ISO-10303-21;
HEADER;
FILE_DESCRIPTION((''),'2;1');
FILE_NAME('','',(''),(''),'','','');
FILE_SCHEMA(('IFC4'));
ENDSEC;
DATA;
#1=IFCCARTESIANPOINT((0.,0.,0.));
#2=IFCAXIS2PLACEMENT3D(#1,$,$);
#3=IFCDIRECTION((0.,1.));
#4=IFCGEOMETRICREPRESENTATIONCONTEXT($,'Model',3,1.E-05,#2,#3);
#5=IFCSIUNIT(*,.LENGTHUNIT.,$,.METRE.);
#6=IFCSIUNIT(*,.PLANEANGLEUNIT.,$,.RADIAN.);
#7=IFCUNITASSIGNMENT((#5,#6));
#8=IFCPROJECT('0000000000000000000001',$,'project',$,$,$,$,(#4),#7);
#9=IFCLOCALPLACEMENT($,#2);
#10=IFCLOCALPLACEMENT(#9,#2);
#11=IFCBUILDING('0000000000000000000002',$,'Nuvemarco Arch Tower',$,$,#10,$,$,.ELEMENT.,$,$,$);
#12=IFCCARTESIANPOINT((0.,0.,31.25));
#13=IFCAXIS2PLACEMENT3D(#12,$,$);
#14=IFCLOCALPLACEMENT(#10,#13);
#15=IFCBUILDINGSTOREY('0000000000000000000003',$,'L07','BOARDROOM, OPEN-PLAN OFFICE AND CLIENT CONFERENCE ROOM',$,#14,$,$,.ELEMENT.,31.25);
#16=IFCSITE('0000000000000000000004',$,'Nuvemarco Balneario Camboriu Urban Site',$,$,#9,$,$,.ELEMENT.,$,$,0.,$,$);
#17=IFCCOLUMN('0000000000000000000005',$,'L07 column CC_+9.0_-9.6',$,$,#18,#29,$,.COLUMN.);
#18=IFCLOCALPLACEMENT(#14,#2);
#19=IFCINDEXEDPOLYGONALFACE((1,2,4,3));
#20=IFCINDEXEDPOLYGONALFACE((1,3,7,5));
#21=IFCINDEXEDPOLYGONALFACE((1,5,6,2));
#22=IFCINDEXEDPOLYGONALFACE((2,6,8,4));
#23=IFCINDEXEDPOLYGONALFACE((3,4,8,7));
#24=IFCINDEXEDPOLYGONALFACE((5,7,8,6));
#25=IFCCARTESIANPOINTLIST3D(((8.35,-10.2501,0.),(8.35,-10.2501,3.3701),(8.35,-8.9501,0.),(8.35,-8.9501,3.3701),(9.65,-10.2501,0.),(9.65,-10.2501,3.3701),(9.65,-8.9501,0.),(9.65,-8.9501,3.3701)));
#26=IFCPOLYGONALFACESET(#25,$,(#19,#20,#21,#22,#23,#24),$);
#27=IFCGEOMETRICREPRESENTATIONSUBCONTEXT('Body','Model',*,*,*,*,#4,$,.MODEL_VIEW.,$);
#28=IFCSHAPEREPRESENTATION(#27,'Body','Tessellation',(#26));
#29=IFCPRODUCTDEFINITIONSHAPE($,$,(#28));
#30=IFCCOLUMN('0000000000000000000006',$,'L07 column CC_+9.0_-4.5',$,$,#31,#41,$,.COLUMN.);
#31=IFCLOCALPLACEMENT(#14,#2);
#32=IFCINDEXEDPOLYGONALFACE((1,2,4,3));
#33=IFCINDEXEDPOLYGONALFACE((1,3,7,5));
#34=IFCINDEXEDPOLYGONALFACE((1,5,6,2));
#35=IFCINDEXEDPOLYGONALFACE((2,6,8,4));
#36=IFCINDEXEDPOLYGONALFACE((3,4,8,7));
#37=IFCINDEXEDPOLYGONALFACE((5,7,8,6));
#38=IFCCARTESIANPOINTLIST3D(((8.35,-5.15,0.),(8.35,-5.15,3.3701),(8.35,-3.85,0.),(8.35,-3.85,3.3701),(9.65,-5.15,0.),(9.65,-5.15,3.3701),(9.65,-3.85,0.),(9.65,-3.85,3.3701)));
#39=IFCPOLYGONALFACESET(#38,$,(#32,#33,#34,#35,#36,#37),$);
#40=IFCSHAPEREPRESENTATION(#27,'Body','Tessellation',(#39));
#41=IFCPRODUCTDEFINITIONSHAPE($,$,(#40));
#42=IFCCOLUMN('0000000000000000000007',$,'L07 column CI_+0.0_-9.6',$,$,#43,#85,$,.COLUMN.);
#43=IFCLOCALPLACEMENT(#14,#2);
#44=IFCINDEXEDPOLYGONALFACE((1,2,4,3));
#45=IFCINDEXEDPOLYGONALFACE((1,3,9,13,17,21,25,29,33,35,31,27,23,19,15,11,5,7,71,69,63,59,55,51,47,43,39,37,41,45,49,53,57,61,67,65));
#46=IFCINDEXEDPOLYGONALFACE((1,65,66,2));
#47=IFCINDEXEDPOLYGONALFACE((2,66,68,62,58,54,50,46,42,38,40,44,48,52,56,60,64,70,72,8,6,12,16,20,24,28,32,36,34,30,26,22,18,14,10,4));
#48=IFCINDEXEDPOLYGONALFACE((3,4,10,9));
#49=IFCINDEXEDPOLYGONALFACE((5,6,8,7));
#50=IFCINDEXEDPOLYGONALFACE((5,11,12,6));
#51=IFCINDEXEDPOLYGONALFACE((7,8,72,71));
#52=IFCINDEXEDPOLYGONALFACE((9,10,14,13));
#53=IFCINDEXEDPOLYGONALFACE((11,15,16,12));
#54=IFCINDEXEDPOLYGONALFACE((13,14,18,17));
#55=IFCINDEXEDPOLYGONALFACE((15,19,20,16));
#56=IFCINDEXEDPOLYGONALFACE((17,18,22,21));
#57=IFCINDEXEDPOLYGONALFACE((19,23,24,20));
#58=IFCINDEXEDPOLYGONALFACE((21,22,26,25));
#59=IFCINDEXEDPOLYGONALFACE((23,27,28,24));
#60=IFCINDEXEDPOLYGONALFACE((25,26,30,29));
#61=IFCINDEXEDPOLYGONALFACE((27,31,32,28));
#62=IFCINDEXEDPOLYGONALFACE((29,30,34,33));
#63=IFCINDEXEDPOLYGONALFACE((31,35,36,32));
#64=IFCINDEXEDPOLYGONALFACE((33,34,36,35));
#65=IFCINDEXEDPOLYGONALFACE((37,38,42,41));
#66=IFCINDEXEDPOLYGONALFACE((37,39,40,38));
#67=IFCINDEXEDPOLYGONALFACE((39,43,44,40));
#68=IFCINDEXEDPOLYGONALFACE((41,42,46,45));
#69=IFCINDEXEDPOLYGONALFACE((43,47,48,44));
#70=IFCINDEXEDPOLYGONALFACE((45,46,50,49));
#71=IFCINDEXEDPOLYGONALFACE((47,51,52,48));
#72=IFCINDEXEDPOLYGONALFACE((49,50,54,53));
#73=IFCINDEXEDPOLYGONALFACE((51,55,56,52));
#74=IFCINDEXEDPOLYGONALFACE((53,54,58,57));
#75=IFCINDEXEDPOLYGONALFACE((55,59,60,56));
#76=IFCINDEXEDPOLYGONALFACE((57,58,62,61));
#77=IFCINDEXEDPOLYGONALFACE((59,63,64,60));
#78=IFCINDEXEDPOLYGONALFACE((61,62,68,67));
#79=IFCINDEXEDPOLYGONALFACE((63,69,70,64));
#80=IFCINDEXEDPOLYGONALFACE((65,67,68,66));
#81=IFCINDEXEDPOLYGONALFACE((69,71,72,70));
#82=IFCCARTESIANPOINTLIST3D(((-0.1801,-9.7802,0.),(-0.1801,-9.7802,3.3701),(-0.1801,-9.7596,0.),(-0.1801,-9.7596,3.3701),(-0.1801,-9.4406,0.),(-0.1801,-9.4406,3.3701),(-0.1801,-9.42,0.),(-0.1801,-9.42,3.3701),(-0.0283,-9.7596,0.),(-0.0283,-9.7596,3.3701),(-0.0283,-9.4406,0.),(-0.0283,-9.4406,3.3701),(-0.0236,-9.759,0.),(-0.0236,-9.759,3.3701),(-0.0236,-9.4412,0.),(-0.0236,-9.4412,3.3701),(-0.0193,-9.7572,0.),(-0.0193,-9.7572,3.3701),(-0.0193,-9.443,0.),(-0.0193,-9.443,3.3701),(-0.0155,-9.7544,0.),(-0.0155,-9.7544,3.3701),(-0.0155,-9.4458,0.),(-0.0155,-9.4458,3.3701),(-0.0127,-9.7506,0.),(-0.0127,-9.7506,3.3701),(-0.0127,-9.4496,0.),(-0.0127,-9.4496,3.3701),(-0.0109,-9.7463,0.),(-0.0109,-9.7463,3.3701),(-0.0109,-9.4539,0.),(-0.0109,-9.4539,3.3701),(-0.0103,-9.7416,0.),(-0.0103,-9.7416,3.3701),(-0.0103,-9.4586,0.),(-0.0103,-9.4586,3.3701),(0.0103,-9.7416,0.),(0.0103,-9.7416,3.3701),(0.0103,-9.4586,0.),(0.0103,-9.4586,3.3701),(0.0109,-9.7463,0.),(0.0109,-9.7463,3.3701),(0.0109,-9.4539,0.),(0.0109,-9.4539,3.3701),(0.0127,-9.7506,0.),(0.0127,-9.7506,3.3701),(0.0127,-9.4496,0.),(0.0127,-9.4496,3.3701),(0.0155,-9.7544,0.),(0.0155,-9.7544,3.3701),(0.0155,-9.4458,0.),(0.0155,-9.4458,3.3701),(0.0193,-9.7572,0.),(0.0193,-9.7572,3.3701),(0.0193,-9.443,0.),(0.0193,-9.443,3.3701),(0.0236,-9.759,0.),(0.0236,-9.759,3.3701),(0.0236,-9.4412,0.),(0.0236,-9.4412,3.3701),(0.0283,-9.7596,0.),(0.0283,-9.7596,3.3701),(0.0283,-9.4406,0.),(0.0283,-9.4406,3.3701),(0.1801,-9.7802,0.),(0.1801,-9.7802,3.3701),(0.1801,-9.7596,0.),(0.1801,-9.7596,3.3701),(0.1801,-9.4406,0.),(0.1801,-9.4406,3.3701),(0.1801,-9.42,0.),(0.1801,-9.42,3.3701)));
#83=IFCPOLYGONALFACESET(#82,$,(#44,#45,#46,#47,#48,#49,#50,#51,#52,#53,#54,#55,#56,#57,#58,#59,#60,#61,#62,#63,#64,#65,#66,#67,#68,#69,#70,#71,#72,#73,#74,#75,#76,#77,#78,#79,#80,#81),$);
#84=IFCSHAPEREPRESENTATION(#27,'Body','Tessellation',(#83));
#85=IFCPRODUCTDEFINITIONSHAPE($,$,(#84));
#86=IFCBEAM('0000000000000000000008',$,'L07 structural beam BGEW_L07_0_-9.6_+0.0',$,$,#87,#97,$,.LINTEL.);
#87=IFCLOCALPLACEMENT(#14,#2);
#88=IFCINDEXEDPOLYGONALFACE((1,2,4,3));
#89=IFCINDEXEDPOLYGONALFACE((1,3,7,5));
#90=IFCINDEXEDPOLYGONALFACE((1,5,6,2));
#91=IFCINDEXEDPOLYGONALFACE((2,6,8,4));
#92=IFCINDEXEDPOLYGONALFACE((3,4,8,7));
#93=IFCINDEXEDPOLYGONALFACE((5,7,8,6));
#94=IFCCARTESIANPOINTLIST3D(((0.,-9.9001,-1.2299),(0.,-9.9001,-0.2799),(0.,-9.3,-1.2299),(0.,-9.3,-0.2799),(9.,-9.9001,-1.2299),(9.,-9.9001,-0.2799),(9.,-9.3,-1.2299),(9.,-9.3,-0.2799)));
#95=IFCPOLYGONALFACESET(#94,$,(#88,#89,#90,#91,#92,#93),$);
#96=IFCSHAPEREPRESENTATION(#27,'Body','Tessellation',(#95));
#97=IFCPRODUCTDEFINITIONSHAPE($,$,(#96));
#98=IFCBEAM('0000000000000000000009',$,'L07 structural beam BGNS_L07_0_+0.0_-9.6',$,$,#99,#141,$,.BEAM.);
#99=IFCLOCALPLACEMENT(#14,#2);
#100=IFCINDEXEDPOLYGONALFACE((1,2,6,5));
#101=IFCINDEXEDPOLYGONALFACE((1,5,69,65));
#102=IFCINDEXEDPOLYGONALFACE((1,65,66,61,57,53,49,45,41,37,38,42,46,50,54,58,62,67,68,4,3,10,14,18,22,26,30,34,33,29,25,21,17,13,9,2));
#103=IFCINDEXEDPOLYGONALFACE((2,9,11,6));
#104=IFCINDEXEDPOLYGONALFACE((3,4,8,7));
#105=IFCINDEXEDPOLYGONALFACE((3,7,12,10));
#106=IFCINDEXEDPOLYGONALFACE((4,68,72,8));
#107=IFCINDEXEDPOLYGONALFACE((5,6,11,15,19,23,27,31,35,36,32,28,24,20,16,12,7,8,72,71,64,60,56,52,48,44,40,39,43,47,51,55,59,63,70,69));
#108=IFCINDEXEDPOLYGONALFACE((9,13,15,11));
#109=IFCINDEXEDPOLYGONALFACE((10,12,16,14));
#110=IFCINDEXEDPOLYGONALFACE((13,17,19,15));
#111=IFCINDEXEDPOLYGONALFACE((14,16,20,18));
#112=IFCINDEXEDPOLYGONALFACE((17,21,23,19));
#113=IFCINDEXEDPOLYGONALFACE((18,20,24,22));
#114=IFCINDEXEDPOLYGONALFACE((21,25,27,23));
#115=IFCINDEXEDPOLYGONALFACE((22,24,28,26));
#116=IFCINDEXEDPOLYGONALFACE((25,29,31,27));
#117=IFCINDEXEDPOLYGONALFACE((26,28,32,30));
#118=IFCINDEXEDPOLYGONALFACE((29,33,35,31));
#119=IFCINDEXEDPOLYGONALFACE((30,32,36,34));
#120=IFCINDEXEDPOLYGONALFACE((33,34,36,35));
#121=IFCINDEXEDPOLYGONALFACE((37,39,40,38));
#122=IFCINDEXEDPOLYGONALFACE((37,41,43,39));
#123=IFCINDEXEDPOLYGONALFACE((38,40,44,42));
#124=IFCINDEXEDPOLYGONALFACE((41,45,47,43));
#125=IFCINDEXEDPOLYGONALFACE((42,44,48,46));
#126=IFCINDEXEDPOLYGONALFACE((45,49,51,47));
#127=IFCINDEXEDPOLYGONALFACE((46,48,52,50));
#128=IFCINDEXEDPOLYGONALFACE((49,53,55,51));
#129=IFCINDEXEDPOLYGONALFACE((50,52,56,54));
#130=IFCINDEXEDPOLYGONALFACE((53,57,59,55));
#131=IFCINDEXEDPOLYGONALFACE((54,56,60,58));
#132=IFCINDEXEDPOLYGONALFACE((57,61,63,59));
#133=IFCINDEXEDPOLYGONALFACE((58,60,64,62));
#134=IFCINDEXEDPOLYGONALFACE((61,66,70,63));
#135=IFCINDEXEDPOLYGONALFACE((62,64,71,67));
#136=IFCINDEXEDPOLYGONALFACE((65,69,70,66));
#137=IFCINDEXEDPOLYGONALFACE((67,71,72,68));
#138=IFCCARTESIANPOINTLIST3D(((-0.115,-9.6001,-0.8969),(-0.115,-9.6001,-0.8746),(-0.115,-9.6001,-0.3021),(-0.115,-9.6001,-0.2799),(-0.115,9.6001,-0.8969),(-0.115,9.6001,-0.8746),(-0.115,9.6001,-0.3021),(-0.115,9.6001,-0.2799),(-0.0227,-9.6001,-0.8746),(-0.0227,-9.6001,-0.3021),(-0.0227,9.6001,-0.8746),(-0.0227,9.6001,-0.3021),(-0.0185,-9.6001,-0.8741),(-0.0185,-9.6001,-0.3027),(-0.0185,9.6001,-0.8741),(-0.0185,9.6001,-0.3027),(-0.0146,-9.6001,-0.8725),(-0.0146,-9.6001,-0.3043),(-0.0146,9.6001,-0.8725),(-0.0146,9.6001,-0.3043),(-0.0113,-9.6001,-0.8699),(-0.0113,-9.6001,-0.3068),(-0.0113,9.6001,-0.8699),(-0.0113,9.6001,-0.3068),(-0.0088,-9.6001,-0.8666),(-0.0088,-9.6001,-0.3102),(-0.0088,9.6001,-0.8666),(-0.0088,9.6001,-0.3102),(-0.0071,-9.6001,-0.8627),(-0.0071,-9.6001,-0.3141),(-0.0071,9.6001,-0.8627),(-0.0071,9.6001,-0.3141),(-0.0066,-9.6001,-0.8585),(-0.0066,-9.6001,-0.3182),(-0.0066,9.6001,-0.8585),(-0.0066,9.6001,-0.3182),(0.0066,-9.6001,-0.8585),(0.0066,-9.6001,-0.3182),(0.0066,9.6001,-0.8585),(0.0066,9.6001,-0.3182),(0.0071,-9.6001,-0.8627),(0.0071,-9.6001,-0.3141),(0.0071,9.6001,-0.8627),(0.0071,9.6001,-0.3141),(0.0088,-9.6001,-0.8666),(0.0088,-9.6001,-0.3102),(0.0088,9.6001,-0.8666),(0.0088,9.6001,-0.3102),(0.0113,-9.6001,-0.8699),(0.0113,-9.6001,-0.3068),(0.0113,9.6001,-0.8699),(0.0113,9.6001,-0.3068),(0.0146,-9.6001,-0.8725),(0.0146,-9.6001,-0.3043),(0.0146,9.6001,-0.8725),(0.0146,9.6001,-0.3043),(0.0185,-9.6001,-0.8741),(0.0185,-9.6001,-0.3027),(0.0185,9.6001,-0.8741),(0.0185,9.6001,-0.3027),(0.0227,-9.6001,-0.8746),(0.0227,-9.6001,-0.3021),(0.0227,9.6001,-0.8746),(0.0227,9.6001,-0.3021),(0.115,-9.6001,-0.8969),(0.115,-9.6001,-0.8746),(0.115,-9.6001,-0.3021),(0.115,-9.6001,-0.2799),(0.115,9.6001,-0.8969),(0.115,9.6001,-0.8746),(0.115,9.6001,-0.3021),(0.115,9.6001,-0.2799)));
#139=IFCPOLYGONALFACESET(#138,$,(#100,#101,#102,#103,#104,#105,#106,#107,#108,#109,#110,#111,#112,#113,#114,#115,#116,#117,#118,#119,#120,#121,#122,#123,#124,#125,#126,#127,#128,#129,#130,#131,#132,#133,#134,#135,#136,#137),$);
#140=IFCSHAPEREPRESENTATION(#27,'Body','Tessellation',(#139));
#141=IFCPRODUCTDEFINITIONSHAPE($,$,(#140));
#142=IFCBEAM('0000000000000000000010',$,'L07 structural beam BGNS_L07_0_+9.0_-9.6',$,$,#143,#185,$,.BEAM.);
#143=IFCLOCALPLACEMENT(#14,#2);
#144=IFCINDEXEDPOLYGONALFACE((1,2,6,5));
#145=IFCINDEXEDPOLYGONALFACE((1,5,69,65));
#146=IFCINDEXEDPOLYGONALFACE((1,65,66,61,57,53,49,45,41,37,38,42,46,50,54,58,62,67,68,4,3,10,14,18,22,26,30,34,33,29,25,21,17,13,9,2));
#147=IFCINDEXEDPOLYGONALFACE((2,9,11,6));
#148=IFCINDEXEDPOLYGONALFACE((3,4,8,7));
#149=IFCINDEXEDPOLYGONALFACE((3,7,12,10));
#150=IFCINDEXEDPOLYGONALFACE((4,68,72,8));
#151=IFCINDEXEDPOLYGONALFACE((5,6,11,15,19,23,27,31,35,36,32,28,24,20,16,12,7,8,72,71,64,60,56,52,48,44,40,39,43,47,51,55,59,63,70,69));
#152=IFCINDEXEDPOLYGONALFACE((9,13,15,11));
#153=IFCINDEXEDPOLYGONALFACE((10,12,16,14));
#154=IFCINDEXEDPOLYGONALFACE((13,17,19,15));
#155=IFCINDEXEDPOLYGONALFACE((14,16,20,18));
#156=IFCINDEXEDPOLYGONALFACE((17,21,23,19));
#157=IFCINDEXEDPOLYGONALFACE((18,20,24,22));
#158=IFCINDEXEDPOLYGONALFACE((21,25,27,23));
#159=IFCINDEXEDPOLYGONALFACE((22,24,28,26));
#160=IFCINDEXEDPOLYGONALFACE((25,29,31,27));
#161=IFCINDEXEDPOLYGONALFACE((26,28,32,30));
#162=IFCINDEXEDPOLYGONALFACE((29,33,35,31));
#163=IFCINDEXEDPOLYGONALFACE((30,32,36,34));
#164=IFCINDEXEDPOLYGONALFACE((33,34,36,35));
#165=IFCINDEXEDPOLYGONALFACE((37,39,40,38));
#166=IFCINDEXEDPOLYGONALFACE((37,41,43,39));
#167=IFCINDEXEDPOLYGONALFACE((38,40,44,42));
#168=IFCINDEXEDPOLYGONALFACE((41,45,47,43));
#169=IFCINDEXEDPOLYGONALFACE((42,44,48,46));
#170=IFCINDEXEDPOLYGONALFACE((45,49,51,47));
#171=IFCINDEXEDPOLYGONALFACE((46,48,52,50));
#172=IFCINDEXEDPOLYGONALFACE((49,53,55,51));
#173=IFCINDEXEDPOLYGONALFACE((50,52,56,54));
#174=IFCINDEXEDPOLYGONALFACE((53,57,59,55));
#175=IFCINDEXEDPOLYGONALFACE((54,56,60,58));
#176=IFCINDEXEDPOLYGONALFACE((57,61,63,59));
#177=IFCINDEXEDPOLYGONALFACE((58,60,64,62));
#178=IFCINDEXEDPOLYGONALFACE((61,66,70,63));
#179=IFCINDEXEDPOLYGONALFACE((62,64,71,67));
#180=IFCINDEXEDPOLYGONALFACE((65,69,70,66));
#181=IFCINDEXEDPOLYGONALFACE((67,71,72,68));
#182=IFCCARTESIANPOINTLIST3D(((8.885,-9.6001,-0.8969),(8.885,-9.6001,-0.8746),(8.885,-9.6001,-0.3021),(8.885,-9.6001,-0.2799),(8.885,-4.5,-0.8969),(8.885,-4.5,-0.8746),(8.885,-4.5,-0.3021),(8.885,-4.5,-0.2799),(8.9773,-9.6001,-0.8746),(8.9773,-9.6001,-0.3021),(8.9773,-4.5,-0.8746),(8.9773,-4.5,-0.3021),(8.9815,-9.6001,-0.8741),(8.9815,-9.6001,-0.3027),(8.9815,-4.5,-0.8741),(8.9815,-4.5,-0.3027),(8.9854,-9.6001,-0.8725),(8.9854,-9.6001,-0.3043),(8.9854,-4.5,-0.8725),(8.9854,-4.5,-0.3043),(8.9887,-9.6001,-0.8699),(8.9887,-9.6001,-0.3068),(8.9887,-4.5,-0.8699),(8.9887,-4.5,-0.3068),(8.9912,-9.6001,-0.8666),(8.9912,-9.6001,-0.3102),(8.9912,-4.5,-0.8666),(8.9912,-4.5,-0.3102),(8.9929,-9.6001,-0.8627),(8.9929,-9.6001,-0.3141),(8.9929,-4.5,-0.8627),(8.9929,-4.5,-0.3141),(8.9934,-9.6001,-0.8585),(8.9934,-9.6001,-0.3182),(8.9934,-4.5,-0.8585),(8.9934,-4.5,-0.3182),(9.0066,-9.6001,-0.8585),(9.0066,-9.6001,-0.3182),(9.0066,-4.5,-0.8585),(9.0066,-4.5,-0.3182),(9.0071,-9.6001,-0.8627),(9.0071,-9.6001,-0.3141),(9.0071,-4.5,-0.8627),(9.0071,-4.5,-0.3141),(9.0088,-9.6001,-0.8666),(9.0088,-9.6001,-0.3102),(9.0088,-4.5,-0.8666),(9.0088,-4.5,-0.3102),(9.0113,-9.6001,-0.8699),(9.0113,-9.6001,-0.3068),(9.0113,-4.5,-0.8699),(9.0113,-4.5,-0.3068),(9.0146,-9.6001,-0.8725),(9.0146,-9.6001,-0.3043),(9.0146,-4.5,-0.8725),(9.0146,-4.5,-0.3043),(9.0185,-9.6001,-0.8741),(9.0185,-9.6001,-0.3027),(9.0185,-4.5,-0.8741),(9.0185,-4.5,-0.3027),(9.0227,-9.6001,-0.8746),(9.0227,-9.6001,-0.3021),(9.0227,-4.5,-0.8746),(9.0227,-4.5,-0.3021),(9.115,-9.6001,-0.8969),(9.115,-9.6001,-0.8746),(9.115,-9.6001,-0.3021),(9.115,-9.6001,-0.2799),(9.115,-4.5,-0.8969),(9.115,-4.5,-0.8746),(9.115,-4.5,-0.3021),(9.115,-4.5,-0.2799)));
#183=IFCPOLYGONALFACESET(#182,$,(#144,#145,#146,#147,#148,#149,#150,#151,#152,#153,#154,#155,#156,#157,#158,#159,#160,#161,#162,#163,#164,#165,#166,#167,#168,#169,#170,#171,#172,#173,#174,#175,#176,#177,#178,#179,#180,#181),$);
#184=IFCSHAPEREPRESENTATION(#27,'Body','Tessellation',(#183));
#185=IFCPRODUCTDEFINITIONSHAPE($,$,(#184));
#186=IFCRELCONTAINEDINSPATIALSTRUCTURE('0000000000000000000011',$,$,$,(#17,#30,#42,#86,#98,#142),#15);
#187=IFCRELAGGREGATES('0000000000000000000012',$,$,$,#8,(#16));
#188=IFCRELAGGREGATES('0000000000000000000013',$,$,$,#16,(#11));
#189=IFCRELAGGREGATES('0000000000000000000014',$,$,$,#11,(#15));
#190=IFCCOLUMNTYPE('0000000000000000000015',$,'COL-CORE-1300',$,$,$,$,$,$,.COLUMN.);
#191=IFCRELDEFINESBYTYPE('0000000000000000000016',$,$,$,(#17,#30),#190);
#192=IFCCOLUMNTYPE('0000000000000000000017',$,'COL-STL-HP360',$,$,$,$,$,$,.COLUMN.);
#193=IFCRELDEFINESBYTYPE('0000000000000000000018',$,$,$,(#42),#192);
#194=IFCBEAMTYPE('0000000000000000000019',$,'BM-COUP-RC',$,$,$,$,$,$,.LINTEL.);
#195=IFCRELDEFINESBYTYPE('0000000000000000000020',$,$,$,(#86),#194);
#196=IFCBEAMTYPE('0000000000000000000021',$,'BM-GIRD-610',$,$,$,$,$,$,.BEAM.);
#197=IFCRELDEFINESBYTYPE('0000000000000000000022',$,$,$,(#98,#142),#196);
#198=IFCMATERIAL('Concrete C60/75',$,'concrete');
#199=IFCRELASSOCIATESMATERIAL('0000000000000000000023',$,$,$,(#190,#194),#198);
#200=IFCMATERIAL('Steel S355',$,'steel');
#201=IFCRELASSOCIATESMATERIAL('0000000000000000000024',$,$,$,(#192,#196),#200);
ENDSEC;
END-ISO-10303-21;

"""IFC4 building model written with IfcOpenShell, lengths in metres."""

from ifc_helpers import new_model, si_unit, direction, frame, origin, origin_2d, place, context, subcontext, project, spatial, rectangle, i_section, extrude, material, material_profile, profile_set, type_object, element, save


model = new_model("IFC4")

# Units and contexts
model_context = context("Model", 3, precision=1e-05, world=origin(), true_north=direction((0.0, 1.0)))
body_context = subcontext(model_context, "Body", "Model", "MODEL_VIEW")
ifc_project = project(units=[si_unit("LENGTHUNIT", "METRE"), si_unit("PLANEANGLEUNIT", "RADIAN")], contexts=[model_context])

# Site, building, storey
site_placement = place(None, origin())
site = spatial("IfcSite", under=ifc_project, at=site_placement, Name="Nuvemarco Balneario Camboriu Urban Site", CompositionType="ELEMENT", RefElevation=0.0)
building_placement = place(site_placement, origin())
building = spatial("IfcBuilding", under=site, at=building_placement, Name="Nuvemarco Arch Tower", CompositionType="ELEMENT")
storey_placement = place(building_placement, frame((0.0, 0.0, 31.25)))
storey = spatial("IfcBuildingStorey", under=building, at=storey_placement, Name="L07", Description="BOARDROOM, OPEN-PLAN OFFICE AND CLIENT CONFERENCE ROOM", CompositionType="ELEMENT", Elevation=31.25)

# Columns
ifc_material_1 = material(Name="Concrete C60/75", Category="concrete")
ifc_material_profile_1 = material_profile(ifc_material_1, rectangle(XDim=1.3, YDim=1.3, at=origin_2d()), Name="RC-COL-1300x1300")
ifc_profile_set_1 = profile_set([ifc_material_profile_1], Name="Concrete C60/75")
column_type_1 = type_object("IfcColumnType", Name="COL-CORE-1300", PredefinedType="COLUMN", material=ifc_profile_set_1)
for number, where, z_axis, x_axis, name in (
    (1, (9.0, -9.6001, 0.0), (0.0, 0.0, 1.0), (1.0, 0.0, 0.0), "L07 column CC_+9.0_-9.6"),
    (2, (9.0, -4.5, 0.0), (0.0, 0.0, 1.0), (1.0, 0.0, 0.0), "L07 column CC_+9.0_-4.5"),
):
    element("IfcColumn", number, at=place(storey_placement, frame(where, z_axis=z_axis, x_axis=x_axis)), inside=storey, type_object=column_type_1, Name=name, PredefinedType="COLUMN", context=body_context, shape_type="SweptSolid", body=[
        extrude(rectangle(XDim=1.3, YDim=1.3, at=origin_2d()), origin(), (0.0, 0.0, 1.0), 3.3701),
    ])
ifc_material_2 = material(Name="Steel S355", Category="steel")
ifc_material_profile_2 = material_profile(ifc_material_2, i_section(OverallWidth=0.3601, OverallDepth=0.3601, WebThickness=0.0205, FlangeThickness=0.0205, FilletRadius=0.0181, at=origin_2d()), Name="HP360x174")
ifc_profile_set_2 = profile_set([ifc_material_profile_2], Name="Steel S355")
column_type_2 = type_object("IfcColumnType", Name="COL-STL-HP360", PredefinedType="COLUMN", material=ifc_profile_set_2)
column_placement = place(storey_placement, frame((0.0, -9.6001, 0.0), z_axis=(0.0, 0.0, 1.0), x_axis=(1.0, 0.0, 0.0)))
element("IfcColumn", 3, at=column_placement, inside=storey, type_object=column_type_2, Name="L07 column CI_+0.0_-9.6", PredefinedType="COLUMN", context=body_context, shape_type="SweptSolid", body=[
    extrude(i_section(OverallWidth=0.3601, OverallDepth=0.3601, WebThickness=0.0205, FlangeThickness=0.0205, FilletRadius=0.0181, at=origin_2d()), origin(), (0.0, 0.0, 1.0), 3.3701),
])

# Beams
ifc_material_profile_3 = material_profile(ifc_material_1, rectangle(XDim=0.6001, YDim=0.95, at=origin_2d()), Name="RC-BM-600x950")
ifc_profile_set_3 = profile_set([ifc_material_profile_3], Name="Concrete C60/75")
beam_type_1 = type_object("IfcBeamType", Name="BM-COUP-RC", PredefinedType="LINTEL", material=ifc_profile_set_3)
beam_1_placement = place(storey_placement, frame((0.0, -9.6001, -0.7549), z_axis=(1.0, 0.0, 0.0), x_axis=(0.0, 1.0, 0.0)))
element("IfcBeam", 4, at=beam_1_placement, inside=storey, type_object=beam_type_1, Name="L07 structural beam BGEW_L07_0_-9.6_+0.0", PredefinedType="LINTEL", context=body_context, shape_type="SweptSolid", body=[
    extrude(rectangle(XDim=0.6001, YDim=0.95, at=origin_2d()), origin(), (0.0, 0.0, 1.0), 9.0),
])
ifc_material_profile_4 = material_profile(ifc_material_2, i_section(OverallWidth=0.23, OverallDepth=0.6169, WebThickness=0.0132, FlangeThickness=0.0222, FilletRadius=0.0161, at=origin_2d()), Name="W610x140")
ifc_profile_set_4 = profile_set([ifc_material_profile_4], Name="Steel S355")
beam_type_2 = type_object("IfcBeamType", Name="BM-GIRD-610", PredefinedType="BEAM", material=ifc_profile_set_4)
beam_2_placement = place(storey_placement, frame((0.0, -9.6001, -0.5884), z_axis=(0.0, 1.0, 0.0), x_axis=(-1.0, 0.0, 0.0)))
element("IfcBeam", 5, at=beam_2_placement, inside=storey, type_object=beam_type_2, Name="L07 structural beam BGNS_L07_0_+0.0_-9.6", PredefinedType="BEAM", context=body_context, shape_type="SweptSolid", body=[
    extrude(i_section(OverallWidth=0.23, OverallDepth=0.6169, WebThickness=0.0132, FlangeThickness=0.0222, FilletRadius=0.0161, at=origin_2d()), origin(), (0.0, 0.0, 1.0), 19.2002),
])
beam_3_placement = place(storey_placement, frame((9.0, -9.6001, -0.5884), z_axis=(0.0, 1.0, 0.0), x_axis=(-1.0, 0.0, 0.0)))
element("IfcBeam", 6, at=beam_3_placement, inside=storey, type_object=beam_type_2, Name="L07 structural beam BGNS_L07_0_+9.0_-9.6", PredefinedType="BEAM", context=body_context, shape_type="SweptSolid", body=[
    extrude(i_section(OverallWidth=0.23, OverallDepth=0.6169, WebThickness=0.0132, FlangeThickness=0.0222, FilletRadius=0.0161, at=origin_2d()), origin(), (0.0, 0.0, 1.0), 5.1001),
])

save(model, "model.ifc")
